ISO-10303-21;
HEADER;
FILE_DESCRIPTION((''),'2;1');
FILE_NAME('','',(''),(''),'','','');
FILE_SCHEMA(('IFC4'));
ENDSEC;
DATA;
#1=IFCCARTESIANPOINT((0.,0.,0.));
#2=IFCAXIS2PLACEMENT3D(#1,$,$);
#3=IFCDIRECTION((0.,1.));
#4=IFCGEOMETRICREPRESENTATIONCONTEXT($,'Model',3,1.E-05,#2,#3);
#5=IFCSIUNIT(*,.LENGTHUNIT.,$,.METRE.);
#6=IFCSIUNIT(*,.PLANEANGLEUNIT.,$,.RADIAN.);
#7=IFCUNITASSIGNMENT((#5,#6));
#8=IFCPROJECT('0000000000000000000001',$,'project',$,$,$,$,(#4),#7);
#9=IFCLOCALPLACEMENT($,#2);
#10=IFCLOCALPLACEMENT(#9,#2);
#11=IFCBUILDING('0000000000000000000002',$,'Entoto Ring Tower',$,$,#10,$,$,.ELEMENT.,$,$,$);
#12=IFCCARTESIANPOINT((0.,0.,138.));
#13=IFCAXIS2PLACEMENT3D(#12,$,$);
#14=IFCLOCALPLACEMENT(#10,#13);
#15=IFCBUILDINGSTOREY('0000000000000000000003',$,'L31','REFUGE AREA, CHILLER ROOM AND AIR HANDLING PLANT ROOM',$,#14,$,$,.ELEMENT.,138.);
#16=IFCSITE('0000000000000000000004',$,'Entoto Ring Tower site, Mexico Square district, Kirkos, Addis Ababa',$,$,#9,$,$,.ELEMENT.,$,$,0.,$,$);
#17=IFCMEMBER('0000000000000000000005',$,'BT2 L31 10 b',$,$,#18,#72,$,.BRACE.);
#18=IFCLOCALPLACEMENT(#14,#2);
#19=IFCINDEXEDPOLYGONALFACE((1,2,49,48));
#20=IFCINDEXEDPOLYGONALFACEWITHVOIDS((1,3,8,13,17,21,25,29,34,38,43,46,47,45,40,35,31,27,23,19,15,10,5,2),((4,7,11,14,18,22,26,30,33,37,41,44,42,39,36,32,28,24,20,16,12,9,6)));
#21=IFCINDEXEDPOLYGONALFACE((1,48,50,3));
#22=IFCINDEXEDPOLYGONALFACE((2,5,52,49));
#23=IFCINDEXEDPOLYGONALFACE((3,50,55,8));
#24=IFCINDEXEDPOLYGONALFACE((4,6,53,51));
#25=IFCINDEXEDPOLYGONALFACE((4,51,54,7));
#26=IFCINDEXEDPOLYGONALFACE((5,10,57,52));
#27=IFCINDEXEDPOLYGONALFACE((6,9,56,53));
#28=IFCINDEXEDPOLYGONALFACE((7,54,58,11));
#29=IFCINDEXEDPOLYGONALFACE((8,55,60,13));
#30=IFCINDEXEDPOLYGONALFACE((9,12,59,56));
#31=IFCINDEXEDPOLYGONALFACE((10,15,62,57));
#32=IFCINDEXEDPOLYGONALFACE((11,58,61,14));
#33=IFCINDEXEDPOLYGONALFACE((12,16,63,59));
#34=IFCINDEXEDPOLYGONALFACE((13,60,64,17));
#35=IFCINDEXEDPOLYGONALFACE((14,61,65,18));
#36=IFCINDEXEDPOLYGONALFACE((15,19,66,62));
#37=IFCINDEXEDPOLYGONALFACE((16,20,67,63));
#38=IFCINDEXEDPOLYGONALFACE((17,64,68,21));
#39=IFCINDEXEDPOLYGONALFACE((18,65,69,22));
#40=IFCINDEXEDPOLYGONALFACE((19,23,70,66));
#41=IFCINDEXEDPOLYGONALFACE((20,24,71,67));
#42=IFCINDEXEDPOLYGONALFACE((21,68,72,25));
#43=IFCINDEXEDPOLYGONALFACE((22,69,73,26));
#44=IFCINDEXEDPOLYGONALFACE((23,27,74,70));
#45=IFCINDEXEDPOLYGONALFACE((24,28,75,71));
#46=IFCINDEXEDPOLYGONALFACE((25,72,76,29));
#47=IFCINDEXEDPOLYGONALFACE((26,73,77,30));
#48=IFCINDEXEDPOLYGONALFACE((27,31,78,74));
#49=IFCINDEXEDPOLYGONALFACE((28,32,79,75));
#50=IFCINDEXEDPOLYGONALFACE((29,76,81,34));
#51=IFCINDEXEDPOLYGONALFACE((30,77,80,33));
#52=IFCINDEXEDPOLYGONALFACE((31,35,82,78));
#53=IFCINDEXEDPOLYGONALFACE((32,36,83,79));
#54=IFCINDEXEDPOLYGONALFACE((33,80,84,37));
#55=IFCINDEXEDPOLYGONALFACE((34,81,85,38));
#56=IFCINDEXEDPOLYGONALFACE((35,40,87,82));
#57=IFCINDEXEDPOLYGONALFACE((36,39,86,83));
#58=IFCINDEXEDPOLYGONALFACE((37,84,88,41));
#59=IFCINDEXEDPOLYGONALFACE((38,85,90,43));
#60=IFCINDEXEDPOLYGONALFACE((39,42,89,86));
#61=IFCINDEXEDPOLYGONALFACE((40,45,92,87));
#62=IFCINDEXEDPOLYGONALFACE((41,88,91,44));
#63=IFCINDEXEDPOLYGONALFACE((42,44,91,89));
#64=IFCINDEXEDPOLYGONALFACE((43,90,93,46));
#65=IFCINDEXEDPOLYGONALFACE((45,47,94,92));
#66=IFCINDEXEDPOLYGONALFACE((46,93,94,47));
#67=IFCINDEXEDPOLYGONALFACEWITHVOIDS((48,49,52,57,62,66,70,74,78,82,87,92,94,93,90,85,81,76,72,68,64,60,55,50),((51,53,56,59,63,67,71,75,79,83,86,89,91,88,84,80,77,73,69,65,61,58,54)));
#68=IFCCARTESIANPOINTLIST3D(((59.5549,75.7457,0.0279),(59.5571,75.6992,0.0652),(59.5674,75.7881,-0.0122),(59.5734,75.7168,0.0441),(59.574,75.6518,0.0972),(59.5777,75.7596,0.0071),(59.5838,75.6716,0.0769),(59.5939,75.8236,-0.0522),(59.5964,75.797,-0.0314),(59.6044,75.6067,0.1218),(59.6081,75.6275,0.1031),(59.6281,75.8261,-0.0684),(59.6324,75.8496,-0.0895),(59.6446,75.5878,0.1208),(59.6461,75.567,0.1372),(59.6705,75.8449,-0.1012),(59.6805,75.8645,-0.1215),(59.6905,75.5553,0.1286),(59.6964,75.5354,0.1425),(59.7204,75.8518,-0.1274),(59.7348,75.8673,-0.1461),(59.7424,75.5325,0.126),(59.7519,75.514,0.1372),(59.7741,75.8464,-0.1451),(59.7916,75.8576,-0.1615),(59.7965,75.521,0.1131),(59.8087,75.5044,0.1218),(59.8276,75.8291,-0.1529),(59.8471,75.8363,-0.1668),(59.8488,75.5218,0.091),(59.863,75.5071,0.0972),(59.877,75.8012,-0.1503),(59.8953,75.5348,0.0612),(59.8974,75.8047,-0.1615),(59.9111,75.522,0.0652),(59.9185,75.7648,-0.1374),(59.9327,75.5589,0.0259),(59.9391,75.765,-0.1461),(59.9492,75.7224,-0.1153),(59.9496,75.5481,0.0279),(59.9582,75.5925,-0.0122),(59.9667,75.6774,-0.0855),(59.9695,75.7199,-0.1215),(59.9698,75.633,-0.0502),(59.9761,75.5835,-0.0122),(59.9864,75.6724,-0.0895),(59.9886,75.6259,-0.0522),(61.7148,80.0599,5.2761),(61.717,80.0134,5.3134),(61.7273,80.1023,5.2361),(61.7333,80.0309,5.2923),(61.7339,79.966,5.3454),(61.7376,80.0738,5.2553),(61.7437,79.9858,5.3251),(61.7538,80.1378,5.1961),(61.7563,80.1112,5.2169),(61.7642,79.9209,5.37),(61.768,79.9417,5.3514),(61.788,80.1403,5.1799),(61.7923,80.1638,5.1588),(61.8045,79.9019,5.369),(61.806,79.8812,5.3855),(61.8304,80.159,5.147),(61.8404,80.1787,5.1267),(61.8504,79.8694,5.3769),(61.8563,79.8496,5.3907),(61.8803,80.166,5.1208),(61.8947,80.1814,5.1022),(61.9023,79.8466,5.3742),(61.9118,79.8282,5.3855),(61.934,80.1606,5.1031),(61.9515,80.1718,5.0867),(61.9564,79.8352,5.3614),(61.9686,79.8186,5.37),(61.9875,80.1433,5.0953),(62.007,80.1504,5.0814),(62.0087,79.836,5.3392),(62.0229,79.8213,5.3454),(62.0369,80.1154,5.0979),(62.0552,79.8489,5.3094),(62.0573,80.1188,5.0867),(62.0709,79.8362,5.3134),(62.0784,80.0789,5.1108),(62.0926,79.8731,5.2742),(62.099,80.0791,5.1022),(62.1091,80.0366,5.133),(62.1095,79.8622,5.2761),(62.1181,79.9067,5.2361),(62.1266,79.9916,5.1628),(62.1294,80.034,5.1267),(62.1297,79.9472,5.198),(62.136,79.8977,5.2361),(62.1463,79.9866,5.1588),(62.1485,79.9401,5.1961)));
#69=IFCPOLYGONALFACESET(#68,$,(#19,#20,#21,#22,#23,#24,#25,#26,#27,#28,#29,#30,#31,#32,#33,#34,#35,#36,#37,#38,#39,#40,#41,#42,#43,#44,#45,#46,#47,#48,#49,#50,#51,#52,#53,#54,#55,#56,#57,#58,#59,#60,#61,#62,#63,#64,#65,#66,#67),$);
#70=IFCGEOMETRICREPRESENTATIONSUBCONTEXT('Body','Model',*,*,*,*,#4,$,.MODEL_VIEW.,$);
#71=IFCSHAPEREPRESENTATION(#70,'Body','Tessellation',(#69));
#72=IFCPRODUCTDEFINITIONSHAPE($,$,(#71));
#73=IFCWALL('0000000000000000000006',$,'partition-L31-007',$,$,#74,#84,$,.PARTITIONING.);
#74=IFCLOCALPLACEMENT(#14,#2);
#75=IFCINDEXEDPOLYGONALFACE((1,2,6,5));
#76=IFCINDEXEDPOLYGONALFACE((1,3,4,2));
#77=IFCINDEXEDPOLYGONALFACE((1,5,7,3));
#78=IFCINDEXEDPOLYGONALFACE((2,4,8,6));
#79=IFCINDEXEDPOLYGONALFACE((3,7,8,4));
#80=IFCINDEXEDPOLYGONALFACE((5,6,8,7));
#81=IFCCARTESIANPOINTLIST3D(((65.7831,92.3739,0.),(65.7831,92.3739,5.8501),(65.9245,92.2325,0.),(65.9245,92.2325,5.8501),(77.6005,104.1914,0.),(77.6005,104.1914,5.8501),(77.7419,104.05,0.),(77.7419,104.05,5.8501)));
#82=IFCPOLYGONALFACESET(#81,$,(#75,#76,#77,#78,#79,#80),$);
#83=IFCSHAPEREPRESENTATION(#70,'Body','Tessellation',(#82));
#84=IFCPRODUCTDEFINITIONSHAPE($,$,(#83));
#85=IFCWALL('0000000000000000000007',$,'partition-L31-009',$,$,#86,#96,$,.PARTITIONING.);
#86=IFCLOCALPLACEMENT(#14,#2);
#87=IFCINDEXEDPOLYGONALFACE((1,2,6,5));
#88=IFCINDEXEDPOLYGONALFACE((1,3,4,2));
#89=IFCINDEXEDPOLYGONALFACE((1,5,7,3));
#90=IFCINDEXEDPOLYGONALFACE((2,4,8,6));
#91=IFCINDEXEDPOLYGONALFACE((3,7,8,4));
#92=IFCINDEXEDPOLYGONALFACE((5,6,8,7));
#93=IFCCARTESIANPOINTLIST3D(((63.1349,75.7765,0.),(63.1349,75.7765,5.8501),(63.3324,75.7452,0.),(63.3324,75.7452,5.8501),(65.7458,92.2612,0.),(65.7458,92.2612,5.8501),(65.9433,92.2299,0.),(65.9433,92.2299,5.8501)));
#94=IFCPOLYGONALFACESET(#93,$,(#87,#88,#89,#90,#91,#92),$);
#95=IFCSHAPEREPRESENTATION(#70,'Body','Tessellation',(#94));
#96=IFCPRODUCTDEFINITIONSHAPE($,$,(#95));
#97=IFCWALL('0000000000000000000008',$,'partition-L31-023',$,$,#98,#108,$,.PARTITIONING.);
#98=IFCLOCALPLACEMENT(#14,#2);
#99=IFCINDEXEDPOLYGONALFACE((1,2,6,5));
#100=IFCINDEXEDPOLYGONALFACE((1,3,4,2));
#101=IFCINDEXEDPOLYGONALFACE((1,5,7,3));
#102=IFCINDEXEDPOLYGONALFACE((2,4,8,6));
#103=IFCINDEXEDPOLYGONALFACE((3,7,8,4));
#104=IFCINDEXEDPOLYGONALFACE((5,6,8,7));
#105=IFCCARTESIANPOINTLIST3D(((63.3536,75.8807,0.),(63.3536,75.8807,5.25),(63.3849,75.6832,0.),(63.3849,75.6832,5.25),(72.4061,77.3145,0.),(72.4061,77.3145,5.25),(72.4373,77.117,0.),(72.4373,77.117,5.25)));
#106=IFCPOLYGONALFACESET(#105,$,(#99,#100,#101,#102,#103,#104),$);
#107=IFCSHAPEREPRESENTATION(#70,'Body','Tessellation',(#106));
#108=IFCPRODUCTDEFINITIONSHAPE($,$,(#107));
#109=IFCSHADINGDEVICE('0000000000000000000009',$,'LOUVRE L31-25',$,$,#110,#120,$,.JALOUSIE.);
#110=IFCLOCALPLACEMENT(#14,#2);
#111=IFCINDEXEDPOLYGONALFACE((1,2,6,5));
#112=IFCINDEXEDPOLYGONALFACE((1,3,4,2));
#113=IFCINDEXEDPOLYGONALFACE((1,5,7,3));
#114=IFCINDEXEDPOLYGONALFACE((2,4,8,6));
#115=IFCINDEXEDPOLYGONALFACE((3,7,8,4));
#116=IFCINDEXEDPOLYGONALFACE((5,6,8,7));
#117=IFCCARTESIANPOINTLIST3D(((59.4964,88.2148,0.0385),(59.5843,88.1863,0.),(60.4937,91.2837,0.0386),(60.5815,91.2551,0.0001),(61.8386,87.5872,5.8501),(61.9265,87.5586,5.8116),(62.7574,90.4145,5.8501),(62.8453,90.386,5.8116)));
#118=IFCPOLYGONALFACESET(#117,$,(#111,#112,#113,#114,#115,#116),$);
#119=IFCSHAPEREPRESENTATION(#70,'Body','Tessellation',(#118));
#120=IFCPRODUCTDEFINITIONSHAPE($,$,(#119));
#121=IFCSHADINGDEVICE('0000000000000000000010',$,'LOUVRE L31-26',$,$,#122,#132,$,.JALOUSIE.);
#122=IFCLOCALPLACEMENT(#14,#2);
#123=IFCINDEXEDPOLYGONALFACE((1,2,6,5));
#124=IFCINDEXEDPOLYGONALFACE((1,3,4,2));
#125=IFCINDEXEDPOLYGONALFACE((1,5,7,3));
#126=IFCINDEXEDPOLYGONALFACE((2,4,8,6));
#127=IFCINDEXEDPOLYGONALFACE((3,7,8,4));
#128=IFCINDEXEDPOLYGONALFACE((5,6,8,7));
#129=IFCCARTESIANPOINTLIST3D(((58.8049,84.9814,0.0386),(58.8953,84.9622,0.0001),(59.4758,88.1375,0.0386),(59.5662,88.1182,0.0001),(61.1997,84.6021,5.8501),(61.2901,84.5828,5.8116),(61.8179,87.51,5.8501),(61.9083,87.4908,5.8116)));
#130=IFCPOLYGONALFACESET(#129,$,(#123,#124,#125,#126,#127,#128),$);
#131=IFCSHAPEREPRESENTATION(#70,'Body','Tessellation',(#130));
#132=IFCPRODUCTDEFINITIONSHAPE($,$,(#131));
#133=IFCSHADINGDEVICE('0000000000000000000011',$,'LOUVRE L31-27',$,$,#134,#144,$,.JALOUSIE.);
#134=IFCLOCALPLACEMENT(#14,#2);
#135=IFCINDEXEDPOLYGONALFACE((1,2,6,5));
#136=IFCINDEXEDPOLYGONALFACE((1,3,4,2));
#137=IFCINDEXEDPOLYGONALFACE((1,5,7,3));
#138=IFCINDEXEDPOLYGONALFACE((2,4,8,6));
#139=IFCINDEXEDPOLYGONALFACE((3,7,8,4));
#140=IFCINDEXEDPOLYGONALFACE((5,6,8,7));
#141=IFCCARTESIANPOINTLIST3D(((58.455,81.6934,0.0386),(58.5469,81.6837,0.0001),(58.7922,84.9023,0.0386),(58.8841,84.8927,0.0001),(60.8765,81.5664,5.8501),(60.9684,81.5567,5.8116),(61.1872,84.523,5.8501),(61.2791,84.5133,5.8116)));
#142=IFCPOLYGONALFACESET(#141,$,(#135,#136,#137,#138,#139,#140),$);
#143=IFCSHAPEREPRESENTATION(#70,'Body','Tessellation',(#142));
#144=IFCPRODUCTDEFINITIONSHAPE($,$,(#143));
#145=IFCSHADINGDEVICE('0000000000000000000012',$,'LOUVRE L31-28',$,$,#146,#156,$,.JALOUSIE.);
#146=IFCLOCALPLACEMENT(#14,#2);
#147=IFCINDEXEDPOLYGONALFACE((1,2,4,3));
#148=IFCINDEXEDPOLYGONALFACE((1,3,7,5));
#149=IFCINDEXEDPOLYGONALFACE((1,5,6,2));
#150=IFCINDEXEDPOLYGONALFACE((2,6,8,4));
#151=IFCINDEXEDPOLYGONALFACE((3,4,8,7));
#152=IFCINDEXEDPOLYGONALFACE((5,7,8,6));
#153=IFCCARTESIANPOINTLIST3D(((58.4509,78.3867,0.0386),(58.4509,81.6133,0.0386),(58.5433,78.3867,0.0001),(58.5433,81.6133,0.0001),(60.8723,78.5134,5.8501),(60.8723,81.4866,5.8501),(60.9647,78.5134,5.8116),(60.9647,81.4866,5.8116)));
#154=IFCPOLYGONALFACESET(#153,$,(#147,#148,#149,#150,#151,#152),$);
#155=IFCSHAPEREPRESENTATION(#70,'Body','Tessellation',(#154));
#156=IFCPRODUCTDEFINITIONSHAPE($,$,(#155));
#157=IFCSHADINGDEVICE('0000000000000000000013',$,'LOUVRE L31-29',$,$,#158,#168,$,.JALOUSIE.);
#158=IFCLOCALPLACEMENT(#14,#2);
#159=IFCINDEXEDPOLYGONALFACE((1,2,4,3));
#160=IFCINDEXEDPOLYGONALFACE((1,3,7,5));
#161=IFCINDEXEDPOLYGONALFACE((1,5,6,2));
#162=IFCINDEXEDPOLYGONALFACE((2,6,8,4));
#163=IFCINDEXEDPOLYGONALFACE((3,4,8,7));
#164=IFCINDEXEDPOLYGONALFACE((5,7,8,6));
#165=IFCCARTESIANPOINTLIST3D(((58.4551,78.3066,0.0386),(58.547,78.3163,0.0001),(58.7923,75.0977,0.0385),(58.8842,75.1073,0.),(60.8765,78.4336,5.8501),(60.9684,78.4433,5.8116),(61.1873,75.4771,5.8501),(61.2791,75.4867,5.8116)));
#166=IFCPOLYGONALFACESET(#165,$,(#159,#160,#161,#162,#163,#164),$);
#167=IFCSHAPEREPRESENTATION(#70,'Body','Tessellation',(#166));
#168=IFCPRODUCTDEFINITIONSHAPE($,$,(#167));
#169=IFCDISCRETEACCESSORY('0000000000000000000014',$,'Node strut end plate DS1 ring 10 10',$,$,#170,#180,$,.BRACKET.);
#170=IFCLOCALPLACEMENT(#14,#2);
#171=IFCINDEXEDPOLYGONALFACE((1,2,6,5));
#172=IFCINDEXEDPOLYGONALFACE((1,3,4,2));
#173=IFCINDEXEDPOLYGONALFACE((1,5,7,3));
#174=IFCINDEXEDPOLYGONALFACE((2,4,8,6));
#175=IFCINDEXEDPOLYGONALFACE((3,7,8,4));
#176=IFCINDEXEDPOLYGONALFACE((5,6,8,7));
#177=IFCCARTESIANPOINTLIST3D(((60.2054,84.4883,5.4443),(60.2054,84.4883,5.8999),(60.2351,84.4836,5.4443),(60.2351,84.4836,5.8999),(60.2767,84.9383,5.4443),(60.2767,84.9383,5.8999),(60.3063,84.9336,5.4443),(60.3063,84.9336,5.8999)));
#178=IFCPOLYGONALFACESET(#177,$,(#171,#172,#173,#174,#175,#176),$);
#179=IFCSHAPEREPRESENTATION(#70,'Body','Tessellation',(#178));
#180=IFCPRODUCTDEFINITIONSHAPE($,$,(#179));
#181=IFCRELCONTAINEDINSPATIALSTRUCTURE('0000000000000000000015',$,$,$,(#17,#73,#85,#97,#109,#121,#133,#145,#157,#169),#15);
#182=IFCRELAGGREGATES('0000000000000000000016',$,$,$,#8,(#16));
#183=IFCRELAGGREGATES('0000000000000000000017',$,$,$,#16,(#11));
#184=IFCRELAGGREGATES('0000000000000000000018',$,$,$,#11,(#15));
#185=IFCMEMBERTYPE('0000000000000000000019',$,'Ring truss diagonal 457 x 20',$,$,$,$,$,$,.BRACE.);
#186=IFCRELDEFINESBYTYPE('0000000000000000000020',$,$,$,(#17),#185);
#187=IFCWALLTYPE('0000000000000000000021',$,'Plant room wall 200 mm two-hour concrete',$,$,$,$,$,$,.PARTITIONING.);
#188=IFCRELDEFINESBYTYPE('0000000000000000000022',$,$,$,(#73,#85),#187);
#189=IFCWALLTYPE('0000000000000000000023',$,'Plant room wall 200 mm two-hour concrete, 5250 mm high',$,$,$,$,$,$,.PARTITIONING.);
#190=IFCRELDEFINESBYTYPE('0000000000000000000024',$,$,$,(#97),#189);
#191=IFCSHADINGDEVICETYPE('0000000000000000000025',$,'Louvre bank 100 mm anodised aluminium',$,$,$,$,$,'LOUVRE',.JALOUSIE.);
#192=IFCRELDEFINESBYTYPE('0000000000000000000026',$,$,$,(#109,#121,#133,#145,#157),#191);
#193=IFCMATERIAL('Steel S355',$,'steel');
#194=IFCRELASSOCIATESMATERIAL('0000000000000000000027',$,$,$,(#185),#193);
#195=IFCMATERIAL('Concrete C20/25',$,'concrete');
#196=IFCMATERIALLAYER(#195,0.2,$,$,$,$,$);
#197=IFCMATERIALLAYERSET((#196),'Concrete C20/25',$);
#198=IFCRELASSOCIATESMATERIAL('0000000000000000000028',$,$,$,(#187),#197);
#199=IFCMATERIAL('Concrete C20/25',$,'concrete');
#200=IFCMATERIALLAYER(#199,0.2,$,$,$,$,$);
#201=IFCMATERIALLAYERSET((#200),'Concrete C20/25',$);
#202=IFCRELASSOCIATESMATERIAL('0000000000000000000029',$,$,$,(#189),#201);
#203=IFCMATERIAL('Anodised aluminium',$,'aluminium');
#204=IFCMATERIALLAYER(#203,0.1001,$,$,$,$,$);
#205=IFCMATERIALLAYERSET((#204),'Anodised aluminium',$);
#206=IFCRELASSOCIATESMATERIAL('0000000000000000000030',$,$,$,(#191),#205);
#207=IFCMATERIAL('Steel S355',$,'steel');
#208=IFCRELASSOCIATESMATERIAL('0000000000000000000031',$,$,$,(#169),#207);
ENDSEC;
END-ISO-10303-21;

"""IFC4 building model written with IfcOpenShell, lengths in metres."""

from ifc_helpers import new_model, si_unit, direction, frame, frame_2d, origin, origin_2d, place, context, subcontext, project, spatial, polyline, rectangle, circle, hollow_circle, outline, extrude, material, layer, layer_set, material_profile, profile_set, type_object, element, save


model = new_model("IFC4")

# Units and contexts
model_context = context("Model", 3, precision=1e-05, world=origin(), true_north=direction((0.0, 1.0)))
body_context = subcontext(model_context, "Body", "Model", "MODEL_VIEW")
ifc_project = project(units=[si_unit("LENGTHUNIT", "METRE"), si_unit("PLANEANGLEUNIT", "RADIAN")], contexts=[model_context])

# Site, building, storey
site_placement = place(None, origin())
site = spatial("IfcSite", under=ifc_project, at=site_placement, Name="Entoto Ring Tower site, Mexico Square district, Kirkos, Addis Ababa", CompositionType="ELEMENT", RefElevation=0.0)
building_placement = place(site_placement, origin())
building = spatial("IfcBuilding", under=site, at=building_placement, Name="Entoto Ring Tower", CompositionType="ELEMENT")
storey_placement = place(building_placement, frame((0.0, 0.0, 138.0)))
storey = spatial("IfcBuildingStorey", under=building, at=storey_placement, Name="L31", Description="REFUGE AREA, CHILLER ROOM AND AIR HANDLING PLANT ROOM", CompositionType="ELEMENT", Elevation=138.0)

# Member
ifc_material_1 = material(Name="Steel S355", Category="steel")
ifc_material_profile_1 = material_profile(ifc_material_1, hollow_circle(Radius=0.2285, WallThickness=0.02, at=origin_2d()), Name="CHS 457 x 20")
ifc_material_2 = material(Name="Concrete C60/75", Category="concrete")
ifc_material_profile_2 = material_profile(ifc_material_2, circle(Radius=0.2085, at=origin_2d()), Name="Concrete C60/75 infill")
ifc_profile_set_1 = profile_set([ifc_material_profile_1, ifc_material_profile_2], Name="Steel S355")
member_type_1 = type_object("IfcMemberType", Name="Ring truss diagonal 457 x 20", PredefinedType="BRACE", material=ifc_profile_set_1)
for number, where, z_axis, x_axis, name in (
    (1, (61.9316, 80.0, 5.2361), (-0.302977, -0.605166, -0.736192), (0.894194, -0.447679, 0.0), "BT2 L31 10 b"),
):
    element("IfcMember", number, at=place(storey_placement, frame(where, z_axis=z_axis, x_axis=x_axis)), inside=storey, type_object=member_type_1, Name=name, PredefinedType="BRACE", context=body_context, shape_type="SweptSolid", body=[
        extrude(hollow_circle(Radius=0.2285, WallThickness=0.02, at=origin_2d()), origin(), (0.0, 0.0, 1.0), 7.1289),
    ])

# Walls
ifc_material_3 = material(Name="Concrete C20/25", Category="concrete")
ifc_layer_1 = layer(ifc_material_3, 0.2)
ifc_layer_set_1 = layer_set([ifc_layer_1], Name="Concrete C20/25")
wall_type_1 = type_object("IfcWallType", Name="Plant room wall 200 mm two-hour concrete", PredefinedType="PARTITIONING", material=ifc_layer_set_1)
wall_1_placement = place(storey_placement, frame((65.8538, 92.3032, 0.0), z_axis=(0.0, 0.0, 1.0), x_axis=(0.707107, 0.707107, 0.0)))
element("IfcWall", 2, at=wall_1_placement, inside=storey, type_object=wall_type_1, Name="partition-L31-007", PredefinedType="PARTITIONING", context=body_context, shape_type="SweptSolid", body=[
    extrude(rectangle(XDim=16.7124, YDim=0.2, at=frame_2d((8.3562, 0.0))), origin(), (0.0, 0.0, 1.0), 5.8501),
])
wall_2_placement = place(storey_placement, frame((63.2336, 75.7607, 0.0), z_axis=(0.0, 0.0, 1.0), x_axis=(0.156431, 0.987689, 0.0)))
element("IfcWall", 3, at=wall_2_placement, inside=storey, type_object=wall_type_1, Name="partition-L31-009", PredefinedType="PARTITIONING", context=body_context, shape_type="SweptSolid", body=[
    extrude(rectangle(XDim=16.6902, YDim=0.2, at=frame_2d((8.3452, 0.0))), origin(), (0.0, 0.0, 1.0), 5.8501),
])
ifc_material_4 = material(Name="Concrete C20/25", Category="concrete")
ifc_layer_2 = layer(ifc_material_4, 0.2)
ifc_layer_set_2 = layer_set([ifc_layer_2], Name="Concrete C20/25")
wall_type_2 = type_object("IfcWallType", Name="Plant room wall 200 mm two-hour concrete, 5250 mm high", PredefinedType="PARTITIONING", material=ifc_layer_set_2)
wall_3_placement = place(storey_placement, frame((63.3694, 75.782, 0.0), z_axis=(0.0, 0.0, 1.0), x_axis=(0.987687, 0.156441, 0.0)))
element("IfcWall", 4, at=wall_3_placement, inside=storey, type_object=wall_type_2, Name="partition-L31-023", PredefinedType="PARTITIONING", context=body_context, shape_type="SweptSolid", body=[
    extrude(rectangle(XDim=9.1653, YDim=0.2, at=frame_2d((4.5825, 0.0))), origin(), (0.0, 0.0, 1.0), 5.25),
])

# Shading devices
ifc_material_5 = material(Name="Anodised aluminium", Category="aluminium")
ifc_layer_3 = layer(ifc_material_5, 0.1001)
ifc_layer_set_3 = layer_set([ifc_layer_3], Name="Anodised aluminium")
shading_device_type = type_object("IfcShadingDeviceType", Name="Louvre bank 100 mm anodised aluminium", ElementType="LOUVRE", PredefinedType="JALOUSIE", material=ifc_layer_set_3)
shading_device_1_placement = place(storey_placement, frame((60.4937, 91.2837, 0.0386), z_axis=(-0.877885, 0.285274, 0.384624), x_axis=(-0.309051, -0.951045, -0.000008)))
element("IfcShadingDevice", 5, at=shading_device_1_placement, inside=storey, type_object=shading_device_type, Name="LOUVRE L31-25", PredefinedType="JALOUSIE", context=body_context, shape_type="SweptSolid", body=[
    extrude(outline(polyline([(0.0, 0.0), (3.2268, 0.0), (3.0999, 6.2959), (0.127, 6.2958), (0.0, 0.0)])), origin(), (0.0, 0.0, -1.0), 0.1001),
])
shading_device_2_placement = place(storey_placement, frame((59.4758, 88.1375, 0.0386), z_axis=(-0.90291, 0.191938, 0.384595), x_axis=(-0.207931, -0.978143, 0.0)))
element("IfcShadingDevice", 6, at=shading_device_2_placement, inside=storey, type_object=shading_device_type, Name="LOUVRE L31-26", PredefinedType="JALOUSIE", context=body_context, shape_type="SweptSolid", body=[
    extrude(outline(polyline([(0.0, 0.0), (3.2265, 0.0), (3.0997, 6.2958), (0.1267, 6.2958), (0.0, 0.0)])), origin(), (0.0, 0.0, -1.0), 0.1001),
])
shading_device_3_placement = place(storey_placement, frame((58.7922, 84.9023, 0.0386), z_axis=(-0.918021, 0.096477, 0.384616), x_axis=(-0.104513, -0.994524, 0.000009)))
element("IfcShadingDevice", 7, at=shading_device_3_placement, inside=storey, type_object=shading_device_type, Name="LOUVRE L31-27", PredefinedType="JALOUSIE", context=body_context, shape_type="SweptSolid", body=[
    extrude(outline(polyline([(0.0, 0.0), (3.2266, 0.0), (3.0999, 6.2958), (0.1271, 6.2958), (0.0, 0.0)])), origin(), (0.0, 0.0, -1.0), 0.1001),
])
shading_device_4_placement = place(storey_placement, frame((58.4509, 81.6133, 0.0386), z_axis=(-0.923082, 0.0, 0.384604), x_axis=(0.0, -1.0, 0.0)))
element("IfcShadingDevice", 8, at=shading_device_4_placement, inside=storey, type_object=shading_device_type, Name="LOUVRE L31-28", PredefinedType="JALOUSIE", context=body_context, shape_type="SweptSolid", body=[
    extrude(outline(polyline([(0.0, 0.0), (3.2266, 0.0), (3.0999, 6.2958), (0.1267, 6.2958), (0.0, 0.0)])), origin(), (0.0, 0.0, -1.0), 0.1001),
])
shading_device_5_placement = place(storey_placement, frame((58.4551, 78.3066, 0.0386), z_axis=(-0.918021, -0.096477, 0.384616), x_axis=(0.104513, -0.994524, -0.000009)))
element("IfcShadingDevice", 9, at=shading_device_5_placement, inside=storey, type_object=shading_device_type, Name="LOUVRE L31-29", PredefinedType="JALOUSIE", context=body_context, shape_type="SweptSolid", body=[
    extrude(outline(polyline([(0.0, 0.0), (3.2266, 0.0), (3.0996, 6.2958), (0.1268, 6.2958), (0.0, 0.0)])), origin(), (0.0, 0.0, -1.0), 0.1001),
])

# Discrete accessory
ifc_material_6 = material(Name="Steel S355", Category="steel")
discrete_accessory_placement = place(storey_placement, frame((60.2559, 84.7109, 5.4443), z_axis=(0.0, 0.0, 1.0), x_axis=(-0.987688, 0.156434, 0.0)))
element("IfcDiscreteAccessory", 10, at=discrete_accessory_placement, inside=storey, material=ifc_material_6, Name="Node strut end plate DS1 ring 10 10", PredefinedType="BRACKET", context=body_context, shape_type="SweptSolid", body=[
    extrude(rectangle(XDim=0.03, YDim=0.4556, at=origin_2d()), origin(), (0.0, 0.0, 1.0), 0.4556),
])

save(model, "model.ifc")
